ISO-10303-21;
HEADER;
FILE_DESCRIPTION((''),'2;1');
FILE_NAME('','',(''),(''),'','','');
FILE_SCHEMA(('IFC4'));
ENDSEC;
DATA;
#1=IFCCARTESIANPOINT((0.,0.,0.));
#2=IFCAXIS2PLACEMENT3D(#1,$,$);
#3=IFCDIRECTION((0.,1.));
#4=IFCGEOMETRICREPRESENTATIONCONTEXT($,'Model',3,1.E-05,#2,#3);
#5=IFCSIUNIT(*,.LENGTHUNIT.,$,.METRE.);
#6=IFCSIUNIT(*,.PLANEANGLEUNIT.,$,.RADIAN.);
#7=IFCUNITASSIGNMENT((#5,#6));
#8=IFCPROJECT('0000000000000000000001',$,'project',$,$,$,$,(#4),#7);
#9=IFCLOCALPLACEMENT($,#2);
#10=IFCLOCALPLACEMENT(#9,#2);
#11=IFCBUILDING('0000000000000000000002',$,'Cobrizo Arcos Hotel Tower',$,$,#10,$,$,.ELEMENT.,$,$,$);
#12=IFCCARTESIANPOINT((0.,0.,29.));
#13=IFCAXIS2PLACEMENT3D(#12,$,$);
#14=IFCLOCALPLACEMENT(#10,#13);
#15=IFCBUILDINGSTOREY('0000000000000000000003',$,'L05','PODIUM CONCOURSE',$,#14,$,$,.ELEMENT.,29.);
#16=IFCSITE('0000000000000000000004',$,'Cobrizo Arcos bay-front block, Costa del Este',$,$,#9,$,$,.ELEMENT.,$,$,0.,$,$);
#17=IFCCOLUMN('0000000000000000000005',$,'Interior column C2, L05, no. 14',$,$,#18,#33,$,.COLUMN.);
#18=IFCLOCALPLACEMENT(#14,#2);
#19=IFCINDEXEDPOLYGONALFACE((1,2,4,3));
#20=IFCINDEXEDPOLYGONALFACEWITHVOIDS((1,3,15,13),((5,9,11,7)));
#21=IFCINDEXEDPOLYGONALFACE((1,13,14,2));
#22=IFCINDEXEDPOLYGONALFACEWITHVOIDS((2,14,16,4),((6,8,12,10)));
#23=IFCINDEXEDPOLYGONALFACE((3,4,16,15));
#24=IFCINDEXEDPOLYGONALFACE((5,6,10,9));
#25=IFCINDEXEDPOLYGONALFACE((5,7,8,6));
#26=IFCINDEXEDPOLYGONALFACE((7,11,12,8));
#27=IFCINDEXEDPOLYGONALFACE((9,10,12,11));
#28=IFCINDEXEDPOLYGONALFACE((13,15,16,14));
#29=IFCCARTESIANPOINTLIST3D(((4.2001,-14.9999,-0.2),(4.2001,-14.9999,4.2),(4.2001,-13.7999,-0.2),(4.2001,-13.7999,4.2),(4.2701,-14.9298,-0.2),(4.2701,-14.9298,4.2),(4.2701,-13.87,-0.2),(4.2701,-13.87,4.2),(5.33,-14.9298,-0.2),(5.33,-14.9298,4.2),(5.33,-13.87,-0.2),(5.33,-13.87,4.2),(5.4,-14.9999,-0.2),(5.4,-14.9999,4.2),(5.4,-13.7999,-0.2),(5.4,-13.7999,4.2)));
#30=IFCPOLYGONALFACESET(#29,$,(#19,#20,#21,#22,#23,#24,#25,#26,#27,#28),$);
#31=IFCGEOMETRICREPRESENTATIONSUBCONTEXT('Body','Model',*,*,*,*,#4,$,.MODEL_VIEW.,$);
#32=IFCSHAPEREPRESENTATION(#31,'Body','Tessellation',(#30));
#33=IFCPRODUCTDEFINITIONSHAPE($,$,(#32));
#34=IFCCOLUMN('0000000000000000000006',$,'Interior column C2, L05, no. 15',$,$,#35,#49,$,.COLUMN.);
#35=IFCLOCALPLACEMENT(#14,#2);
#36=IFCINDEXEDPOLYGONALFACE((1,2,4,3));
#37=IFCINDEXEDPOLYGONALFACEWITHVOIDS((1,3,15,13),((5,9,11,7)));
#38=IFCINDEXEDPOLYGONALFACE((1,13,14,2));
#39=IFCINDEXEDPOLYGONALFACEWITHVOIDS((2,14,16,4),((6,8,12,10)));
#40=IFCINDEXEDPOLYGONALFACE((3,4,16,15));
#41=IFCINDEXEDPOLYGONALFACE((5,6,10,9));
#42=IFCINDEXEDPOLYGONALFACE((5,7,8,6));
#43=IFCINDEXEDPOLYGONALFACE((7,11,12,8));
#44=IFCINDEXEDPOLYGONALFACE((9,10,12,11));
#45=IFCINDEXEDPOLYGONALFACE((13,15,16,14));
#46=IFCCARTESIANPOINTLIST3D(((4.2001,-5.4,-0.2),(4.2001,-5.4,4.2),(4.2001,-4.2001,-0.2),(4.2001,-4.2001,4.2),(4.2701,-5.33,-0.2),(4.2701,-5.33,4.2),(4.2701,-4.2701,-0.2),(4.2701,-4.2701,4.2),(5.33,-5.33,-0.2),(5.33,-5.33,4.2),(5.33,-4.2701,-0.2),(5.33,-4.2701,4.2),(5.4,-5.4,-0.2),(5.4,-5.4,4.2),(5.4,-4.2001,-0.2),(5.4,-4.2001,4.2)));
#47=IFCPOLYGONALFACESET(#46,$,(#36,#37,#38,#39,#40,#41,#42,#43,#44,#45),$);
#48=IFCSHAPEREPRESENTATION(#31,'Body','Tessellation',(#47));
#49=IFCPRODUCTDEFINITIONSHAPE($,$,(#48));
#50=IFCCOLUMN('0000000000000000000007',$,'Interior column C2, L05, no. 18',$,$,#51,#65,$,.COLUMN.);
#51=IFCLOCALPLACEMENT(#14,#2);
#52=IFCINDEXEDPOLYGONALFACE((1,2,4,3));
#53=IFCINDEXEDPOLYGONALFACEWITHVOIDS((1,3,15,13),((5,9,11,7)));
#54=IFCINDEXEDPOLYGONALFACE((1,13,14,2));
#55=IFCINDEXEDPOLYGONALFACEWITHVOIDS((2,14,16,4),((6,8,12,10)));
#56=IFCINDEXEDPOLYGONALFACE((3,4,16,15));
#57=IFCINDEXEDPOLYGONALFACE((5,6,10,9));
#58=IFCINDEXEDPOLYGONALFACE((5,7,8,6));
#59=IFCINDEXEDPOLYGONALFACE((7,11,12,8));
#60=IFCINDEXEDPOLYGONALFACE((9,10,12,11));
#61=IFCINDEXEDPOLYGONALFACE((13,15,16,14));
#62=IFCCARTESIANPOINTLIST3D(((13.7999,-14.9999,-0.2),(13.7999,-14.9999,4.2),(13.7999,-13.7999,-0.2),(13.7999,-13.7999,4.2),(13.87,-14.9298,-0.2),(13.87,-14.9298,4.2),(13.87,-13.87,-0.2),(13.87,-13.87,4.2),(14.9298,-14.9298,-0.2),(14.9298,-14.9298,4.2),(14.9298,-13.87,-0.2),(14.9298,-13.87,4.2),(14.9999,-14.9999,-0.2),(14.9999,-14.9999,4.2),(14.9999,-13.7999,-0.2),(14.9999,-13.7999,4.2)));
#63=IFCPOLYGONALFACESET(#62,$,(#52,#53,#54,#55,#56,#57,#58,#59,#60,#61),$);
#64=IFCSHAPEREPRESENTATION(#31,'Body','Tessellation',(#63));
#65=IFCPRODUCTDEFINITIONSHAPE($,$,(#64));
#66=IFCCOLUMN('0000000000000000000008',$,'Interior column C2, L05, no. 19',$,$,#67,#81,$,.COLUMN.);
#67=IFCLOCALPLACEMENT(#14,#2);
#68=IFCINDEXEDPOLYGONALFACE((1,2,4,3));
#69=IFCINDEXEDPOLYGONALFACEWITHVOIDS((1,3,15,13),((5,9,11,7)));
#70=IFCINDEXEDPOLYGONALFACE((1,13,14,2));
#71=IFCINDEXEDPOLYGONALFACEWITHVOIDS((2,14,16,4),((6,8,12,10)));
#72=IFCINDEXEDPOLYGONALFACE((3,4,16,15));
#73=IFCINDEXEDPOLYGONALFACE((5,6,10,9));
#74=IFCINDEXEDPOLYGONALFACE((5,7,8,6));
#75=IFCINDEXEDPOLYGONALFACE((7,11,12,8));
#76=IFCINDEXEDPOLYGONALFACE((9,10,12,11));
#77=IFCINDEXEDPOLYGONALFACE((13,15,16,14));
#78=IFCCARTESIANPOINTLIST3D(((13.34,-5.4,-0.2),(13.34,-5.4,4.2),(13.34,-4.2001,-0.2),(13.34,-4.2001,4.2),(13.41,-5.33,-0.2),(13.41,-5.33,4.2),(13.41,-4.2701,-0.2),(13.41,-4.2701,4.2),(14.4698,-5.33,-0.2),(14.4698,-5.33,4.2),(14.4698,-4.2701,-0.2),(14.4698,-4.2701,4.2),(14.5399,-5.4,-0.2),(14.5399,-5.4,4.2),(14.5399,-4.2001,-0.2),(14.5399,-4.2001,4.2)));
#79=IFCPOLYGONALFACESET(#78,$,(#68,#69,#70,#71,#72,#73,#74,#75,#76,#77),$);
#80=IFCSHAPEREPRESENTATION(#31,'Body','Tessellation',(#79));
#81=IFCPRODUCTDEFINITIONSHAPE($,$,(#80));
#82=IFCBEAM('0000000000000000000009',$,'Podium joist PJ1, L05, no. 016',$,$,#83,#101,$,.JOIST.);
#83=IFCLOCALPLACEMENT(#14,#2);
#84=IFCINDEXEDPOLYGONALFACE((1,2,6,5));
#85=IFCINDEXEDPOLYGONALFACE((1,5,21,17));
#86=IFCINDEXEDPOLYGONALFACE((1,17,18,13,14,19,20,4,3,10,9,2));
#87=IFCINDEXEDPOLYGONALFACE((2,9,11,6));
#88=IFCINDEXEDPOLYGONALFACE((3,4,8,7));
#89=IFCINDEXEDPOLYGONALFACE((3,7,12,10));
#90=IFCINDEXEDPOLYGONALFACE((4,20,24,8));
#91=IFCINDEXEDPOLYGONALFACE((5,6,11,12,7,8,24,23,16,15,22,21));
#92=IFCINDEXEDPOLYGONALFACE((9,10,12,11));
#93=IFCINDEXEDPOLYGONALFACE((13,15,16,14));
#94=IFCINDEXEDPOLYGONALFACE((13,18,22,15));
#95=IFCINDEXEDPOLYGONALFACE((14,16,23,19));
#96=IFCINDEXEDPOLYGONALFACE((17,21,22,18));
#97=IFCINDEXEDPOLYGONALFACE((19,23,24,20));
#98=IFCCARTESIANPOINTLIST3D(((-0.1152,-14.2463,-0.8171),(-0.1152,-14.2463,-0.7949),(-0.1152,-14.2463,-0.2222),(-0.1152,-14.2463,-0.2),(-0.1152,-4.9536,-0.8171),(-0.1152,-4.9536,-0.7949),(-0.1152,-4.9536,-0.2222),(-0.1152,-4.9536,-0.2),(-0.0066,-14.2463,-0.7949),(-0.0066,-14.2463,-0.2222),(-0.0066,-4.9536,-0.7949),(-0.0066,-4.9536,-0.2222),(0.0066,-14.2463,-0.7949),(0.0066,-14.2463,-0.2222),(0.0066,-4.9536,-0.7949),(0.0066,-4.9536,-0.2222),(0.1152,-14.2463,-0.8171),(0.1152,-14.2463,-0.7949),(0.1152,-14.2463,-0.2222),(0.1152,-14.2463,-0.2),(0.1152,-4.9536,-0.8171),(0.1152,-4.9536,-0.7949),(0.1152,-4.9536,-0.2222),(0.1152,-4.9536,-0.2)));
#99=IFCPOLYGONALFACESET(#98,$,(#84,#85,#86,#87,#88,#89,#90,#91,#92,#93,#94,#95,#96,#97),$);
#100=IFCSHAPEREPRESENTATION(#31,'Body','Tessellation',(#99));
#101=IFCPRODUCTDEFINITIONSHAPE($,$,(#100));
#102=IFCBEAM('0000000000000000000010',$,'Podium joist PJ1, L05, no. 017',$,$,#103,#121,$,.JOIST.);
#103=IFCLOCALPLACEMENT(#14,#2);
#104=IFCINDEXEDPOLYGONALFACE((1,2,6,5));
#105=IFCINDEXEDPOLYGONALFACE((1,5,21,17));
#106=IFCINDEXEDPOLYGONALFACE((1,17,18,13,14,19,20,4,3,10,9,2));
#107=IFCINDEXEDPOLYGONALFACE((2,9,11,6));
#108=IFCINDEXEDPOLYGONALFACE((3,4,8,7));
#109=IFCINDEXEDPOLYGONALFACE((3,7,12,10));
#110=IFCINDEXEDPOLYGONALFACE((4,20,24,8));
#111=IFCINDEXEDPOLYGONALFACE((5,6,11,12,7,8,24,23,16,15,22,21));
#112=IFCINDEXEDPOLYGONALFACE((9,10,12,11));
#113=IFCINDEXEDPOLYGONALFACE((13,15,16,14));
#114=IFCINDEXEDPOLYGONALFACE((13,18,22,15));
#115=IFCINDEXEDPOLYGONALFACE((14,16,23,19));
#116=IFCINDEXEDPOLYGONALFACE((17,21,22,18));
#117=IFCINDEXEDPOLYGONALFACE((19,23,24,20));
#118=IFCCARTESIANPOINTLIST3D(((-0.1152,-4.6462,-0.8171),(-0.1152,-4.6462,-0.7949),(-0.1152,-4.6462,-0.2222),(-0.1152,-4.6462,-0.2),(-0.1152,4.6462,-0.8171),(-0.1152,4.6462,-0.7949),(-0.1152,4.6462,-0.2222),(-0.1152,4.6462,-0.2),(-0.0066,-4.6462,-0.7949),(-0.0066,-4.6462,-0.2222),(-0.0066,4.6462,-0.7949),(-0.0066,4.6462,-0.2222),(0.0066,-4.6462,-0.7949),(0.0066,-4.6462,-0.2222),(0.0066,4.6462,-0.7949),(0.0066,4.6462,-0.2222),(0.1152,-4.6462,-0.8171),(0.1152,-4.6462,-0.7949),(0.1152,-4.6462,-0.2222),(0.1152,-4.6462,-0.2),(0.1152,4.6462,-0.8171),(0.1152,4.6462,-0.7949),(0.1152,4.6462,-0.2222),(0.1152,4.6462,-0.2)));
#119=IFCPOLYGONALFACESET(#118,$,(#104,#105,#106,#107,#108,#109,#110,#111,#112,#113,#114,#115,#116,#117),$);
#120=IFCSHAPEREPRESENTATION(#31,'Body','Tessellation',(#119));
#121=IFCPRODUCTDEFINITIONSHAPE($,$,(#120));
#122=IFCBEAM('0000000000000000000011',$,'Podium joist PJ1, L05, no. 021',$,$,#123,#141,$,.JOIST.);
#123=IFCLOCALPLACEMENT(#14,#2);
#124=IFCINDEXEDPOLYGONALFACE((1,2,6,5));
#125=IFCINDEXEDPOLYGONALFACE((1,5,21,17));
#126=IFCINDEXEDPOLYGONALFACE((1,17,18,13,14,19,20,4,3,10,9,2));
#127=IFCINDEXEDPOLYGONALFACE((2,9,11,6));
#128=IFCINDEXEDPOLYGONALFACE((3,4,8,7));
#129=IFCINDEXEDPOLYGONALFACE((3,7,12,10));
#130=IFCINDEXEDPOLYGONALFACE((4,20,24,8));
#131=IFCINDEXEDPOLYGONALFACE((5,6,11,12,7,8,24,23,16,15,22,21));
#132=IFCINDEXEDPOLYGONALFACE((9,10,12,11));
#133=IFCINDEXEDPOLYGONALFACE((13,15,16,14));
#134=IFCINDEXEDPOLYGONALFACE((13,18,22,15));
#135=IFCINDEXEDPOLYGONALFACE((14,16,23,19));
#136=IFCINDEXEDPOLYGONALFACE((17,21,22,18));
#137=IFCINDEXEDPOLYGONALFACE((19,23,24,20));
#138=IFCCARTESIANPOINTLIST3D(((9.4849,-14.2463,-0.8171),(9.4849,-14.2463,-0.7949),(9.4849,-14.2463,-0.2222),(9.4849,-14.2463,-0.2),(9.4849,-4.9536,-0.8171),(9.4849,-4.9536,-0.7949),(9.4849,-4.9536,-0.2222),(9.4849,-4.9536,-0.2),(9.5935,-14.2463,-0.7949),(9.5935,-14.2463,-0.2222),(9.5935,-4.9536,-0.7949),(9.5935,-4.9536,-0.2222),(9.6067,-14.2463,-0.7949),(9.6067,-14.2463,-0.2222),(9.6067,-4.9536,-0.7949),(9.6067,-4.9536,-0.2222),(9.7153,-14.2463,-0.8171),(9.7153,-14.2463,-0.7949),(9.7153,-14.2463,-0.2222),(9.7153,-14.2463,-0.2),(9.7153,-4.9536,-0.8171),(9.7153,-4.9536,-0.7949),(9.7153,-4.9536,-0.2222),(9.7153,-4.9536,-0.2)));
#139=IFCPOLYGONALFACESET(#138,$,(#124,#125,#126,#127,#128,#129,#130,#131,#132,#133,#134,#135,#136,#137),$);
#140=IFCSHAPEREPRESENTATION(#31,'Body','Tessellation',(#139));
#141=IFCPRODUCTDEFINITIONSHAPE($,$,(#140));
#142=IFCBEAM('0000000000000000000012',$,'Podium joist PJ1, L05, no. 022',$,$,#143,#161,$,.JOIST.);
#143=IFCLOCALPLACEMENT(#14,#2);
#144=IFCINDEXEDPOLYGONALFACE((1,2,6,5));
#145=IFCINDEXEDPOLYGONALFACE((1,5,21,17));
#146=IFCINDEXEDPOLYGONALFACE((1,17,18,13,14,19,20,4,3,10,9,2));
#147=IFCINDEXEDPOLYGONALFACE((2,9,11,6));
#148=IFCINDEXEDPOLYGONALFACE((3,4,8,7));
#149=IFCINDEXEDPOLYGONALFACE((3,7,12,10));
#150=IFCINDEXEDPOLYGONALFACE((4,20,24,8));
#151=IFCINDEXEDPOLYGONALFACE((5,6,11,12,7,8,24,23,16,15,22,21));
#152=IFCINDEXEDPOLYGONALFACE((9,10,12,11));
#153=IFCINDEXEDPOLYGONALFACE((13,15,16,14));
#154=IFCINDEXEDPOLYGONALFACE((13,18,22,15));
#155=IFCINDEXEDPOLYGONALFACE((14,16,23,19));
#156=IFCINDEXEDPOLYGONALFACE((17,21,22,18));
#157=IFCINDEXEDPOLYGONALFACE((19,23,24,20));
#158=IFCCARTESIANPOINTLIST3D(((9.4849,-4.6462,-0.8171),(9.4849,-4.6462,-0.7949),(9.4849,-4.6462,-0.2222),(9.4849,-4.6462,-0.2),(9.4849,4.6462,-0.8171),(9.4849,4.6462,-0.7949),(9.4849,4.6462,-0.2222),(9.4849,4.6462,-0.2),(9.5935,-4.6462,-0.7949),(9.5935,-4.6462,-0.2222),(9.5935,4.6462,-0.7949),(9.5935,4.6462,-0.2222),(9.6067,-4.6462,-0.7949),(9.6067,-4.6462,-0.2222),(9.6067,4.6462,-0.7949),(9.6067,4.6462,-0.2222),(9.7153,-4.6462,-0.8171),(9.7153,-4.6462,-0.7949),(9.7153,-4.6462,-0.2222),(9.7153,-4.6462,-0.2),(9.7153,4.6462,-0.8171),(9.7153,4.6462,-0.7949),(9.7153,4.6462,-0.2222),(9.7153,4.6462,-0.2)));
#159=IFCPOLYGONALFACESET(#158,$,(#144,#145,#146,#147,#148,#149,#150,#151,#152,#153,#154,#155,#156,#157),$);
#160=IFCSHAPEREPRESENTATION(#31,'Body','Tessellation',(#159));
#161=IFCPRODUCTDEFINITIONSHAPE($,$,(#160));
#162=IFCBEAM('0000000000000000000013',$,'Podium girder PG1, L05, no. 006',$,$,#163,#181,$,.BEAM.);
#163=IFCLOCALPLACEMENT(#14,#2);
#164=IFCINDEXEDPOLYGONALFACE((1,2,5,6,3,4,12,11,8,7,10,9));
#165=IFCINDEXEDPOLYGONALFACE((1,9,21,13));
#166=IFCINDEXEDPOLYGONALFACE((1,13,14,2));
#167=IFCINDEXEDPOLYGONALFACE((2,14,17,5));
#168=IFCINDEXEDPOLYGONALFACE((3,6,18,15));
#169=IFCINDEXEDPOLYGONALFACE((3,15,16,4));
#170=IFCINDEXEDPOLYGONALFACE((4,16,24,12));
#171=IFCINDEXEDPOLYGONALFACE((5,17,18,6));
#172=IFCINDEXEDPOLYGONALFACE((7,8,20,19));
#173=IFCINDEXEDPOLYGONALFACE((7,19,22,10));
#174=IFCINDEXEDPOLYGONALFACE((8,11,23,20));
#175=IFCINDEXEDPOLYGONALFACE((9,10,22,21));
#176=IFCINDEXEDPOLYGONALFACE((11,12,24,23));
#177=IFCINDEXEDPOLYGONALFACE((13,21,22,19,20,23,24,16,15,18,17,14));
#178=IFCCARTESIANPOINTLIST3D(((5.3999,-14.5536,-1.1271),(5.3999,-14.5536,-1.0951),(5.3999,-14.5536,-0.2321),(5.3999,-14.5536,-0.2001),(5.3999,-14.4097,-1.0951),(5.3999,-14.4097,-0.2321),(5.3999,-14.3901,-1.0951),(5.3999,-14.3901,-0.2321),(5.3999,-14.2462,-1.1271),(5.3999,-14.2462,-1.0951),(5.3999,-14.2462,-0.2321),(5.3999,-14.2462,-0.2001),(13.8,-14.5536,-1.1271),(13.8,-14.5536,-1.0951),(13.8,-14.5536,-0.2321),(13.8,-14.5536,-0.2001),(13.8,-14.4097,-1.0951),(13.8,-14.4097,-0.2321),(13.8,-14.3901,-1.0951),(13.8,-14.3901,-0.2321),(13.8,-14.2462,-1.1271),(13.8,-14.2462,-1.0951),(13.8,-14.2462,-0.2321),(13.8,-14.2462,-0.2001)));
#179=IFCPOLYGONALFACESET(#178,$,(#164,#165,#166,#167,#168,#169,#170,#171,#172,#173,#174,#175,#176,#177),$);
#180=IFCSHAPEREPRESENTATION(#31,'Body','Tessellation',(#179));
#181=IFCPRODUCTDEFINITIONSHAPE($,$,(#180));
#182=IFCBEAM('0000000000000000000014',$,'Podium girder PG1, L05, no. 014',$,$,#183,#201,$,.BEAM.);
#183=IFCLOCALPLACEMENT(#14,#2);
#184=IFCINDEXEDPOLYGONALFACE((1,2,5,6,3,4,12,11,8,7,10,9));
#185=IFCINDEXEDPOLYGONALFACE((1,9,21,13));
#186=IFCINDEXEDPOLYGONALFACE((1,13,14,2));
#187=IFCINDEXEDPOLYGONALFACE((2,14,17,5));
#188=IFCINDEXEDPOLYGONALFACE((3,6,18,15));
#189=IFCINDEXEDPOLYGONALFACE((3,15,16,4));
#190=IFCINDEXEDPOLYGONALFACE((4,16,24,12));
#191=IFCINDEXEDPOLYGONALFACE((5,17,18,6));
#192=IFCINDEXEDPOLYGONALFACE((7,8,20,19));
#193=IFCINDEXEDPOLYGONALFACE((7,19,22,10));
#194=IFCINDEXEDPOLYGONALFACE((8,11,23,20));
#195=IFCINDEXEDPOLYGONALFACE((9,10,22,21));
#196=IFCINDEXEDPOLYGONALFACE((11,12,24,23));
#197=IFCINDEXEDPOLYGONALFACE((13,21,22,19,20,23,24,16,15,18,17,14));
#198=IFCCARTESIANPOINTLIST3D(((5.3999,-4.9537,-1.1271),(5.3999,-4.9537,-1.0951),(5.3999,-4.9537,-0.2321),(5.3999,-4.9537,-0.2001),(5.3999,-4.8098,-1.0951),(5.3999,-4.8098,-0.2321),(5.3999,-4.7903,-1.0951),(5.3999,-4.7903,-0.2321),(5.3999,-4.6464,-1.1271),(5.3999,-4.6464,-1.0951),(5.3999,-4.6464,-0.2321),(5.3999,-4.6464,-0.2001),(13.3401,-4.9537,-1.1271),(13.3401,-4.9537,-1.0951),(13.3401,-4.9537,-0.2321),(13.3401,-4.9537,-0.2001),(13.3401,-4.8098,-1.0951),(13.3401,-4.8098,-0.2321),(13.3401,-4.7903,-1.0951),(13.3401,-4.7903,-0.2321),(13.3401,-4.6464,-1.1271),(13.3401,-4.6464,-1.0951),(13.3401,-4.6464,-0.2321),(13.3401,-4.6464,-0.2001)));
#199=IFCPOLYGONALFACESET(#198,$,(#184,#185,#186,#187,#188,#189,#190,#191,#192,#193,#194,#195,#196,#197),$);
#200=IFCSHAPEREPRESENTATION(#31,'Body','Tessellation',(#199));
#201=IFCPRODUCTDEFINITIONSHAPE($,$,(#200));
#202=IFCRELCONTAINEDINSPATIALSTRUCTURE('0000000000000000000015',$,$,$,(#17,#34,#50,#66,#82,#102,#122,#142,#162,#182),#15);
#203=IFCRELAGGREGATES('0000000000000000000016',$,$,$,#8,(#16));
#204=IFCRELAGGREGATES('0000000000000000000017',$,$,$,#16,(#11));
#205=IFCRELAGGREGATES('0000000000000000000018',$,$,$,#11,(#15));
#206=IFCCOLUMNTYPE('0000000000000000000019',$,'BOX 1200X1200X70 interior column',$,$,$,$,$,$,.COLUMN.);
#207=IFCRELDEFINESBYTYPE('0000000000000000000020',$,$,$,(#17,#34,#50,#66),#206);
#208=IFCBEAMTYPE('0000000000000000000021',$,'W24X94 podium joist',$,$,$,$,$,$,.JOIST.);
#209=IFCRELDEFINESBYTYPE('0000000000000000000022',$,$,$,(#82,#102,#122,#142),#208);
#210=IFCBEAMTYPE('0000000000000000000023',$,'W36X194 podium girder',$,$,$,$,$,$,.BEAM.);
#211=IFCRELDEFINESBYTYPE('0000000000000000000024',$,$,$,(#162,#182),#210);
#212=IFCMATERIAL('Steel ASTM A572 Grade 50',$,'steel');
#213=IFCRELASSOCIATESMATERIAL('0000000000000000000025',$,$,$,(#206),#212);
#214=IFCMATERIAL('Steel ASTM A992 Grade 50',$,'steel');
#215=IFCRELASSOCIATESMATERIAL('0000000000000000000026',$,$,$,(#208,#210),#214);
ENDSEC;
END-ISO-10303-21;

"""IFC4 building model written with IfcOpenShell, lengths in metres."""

from ifc_helpers import new_model, si_unit, direction, frame, origin, origin_2d, place, context, subcontext, project, spatial, hollow_rectangle, i_section, extrude, material, material_profile, profile_set, type_object, element, save


model = new_model("IFC4")

# Units and contexts
model_context = context("Model", 3, precision=1e-05, world=origin(), true_north=direction((0.0, 1.0)))
body_context = subcontext(model_context, "Body", "Model", "MODEL_VIEW")
ifc_project = project(units=[si_unit("LENGTHUNIT", "METRE"), si_unit("PLANEANGLEUNIT", "RADIAN")], contexts=[model_context])

# Site, building, storey
site_placement = place(None, origin())
site = spatial("IfcSite", under=ifc_project, at=site_placement, Name="Cobrizo Arcos bay-front block, Costa del Este", CompositionType="ELEMENT", RefElevation=0.0)
building_placement = place(site_placement, origin())
building = spatial("IfcBuilding", under=site, at=building_placement, Name="Cobrizo Arcos Hotel Tower", CompositionType="ELEMENT")
storey_placement = place(building_placement, frame((0.0, 0.0, 29.0)))
storey = spatial("IfcBuildingStorey", under=building, at=storey_placement, Name="L05", Description="PODIUM CONCOURSE", CompositionType="ELEMENT", Elevation=29.0)

# Columns
ifc_material_1 = material(Name="Steel ASTM A572 Grade 50", Category="steel")
ifc_material_profile_1 = material_profile(ifc_material_1, hollow_rectangle(XDim=1.2, YDim=1.2, WallThickness=0.0701, at=origin_2d()), Name="BOX 1200X1200X70")
ifc_profile_set_1 = profile_set([ifc_material_profile_1], Name="Steel ASTM A572 Grade 50")
column_type = type_object("IfcColumnType", Name="BOX 1200X1200X70 interior column", PredefinedType="COLUMN", material=ifc_profile_set_1)
for number, where, z_axis, x_axis, name in (
    (1, (4.8, -14.3999, -0.2), (0.0, 0.0, 1.0), (1.0, 0.0, 0.0), "Interior column C2, L05, no. 14"),
    (2, (4.8, -4.8, -0.2), (0.0, 0.0, 1.0), (1.0, 0.0, 0.0), "Interior column C2, L05, no. 15"),
    (3, (14.3999, -14.3999, -0.2), (0.0, 0.0, 1.0), (1.0, 0.0, 0.0), "Interior column C2, L05, no. 18"),
    (4, (13.9399, -4.8, -0.2), (0.0, 0.0, 1.0), (1.0, 0.0, 0.0), "Interior column C2, L05, no. 19"),
):
    element("IfcColumn", number, at=place(storey_placement, frame(where, z_axis=z_axis, x_axis=x_axis)), inside=storey, type_object=column_type, Name=name, PredefinedType="COLUMN", context=body_context, shape_type="SweptSolid", body=[
        extrude(hollow_rectangle(XDim=1.2, YDim=1.2, WallThickness=0.0701, at=origin_2d()), origin(), (0.0, 0.0, 1.0), 4.3999),
    ])

# Beams
ifc_material_2 = material(Name="Steel ASTM A992 Grade 50", Category="steel")
ifc_material_profile_2 = material_profile(ifc_material_2, i_section(OverallWidth=0.2305, OverallDepth=0.6172, WebThickness=0.0132, FlangeThickness=0.0222, at=origin_2d()), Name="W24X94")
ifc_profile_set_2 = profile_set([ifc_material_profile_2], Name="Steel ASTM A992 Grade 50")
beam_type_1 = type_object("IfcBeamType", Name="W24X94 podium joist", PredefinedType="JOIST", material=ifc_profile_set_2)
beam_1_placement = place(storey_placement, frame((0.0, -14.2463, -0.5085), z_axis=(0.0, 1.0, 0.0), x_axis=(-1.0, 0.0, 0.0)))
element("IfcBeam", 5, at=beam_1_placement, inside=storey, type_object=beam_type_1, Name="Podium joist PJ1, L05, no. 016", PredefinedType="JOIST", context=body_context, shape_type="SweptSolid", body=[
    extrude(i_section(OverallWidth=0.2305, OverallDepth=0.6172, WebThickness=0.0132, FlangeThickness=0.0222, at=origin_2d()), origin(), (0.0, 0.0, 1.0), 9.2927),
])
beam_2_placement = place(storey_placement, frame((0.0, -4.6462, -0.5085), z_axis=(0.0, 1.0, 0.0), x_axis=(-1.0, 0.0, 0.0)))
element("IfcBeam", 6, at=beam_2_placement, inside=storey, type_object=beam_type_1, Name="Podium joist PJ1, L05, no. 017", PredefinedType="JOIST", context=body_context, shape_type="SweptSolid", body=[
    extrude(i_section(OverallWidth=0.2305, OverallDepth=0.6172, WebThickness=0.0132, FlangeThickness=0.0222, at=origin_2d()), origin(), (0.0, 0.0, 1.0), 9.2925),
])
beam_3_placement = place(storey_placement, frame((9.6001, -14.2463, -0.5085), z_axis=(0.0, 1.0, 0.0), x_axis=(-1.0, 0.0, 0.0)))
element("IfcBeam", 7, at=beam_3_placement, inside=storey, type_object=beam_type_1, Name="Podium joist PJ1, L05, no. 021", PredefinedType="JOIST", context=body_context, shape_type="SweptSolid", body=[
    extrude(i_section(OverallWidth=0.2305, OverallDepth=0.6172, WebThickness=0.0132, FlangeThickness=0.0222, at=origin_2d()), origin(), (0.0, 0.0, 1.0), 9.2927),
])
beam_4_placement = place(storey_placement, frame((9.6001, -4.6462, -0.5085), z_axis=(0.0, 1.0, 0.0), x_axis=(-1.0, 0.0, 0.0)))
element("IfcBeam", 8, at=beam_4_placement, inside=storey, type_object=beam_type_1, Name="Podium joist PJ1, L05, no. 022", PredefinedType="JOIST", context=body_context, shape_type="SweptSolid", body=[
    extrude(i_section(OverallWidth=0.2305, OverallDepth=0.6172, WebThickness=0.0132, FlangeThickness=0.0222, at=origin_2d()), origin(), (0.0, 0.0, 1.0), 9.2925),
])
ifc_material_profile_3 = material_profile(ifc_material_2, i_section(OverallWidth=0.3074, OverallDepth=0.927, WebThickness=0.0195, FlangeThickness=0.032, at=origin_2d()), Name="W36X194")
ifc_profile_set_3 = profile_set([ifc_material_profile_3], Name="Steel ASTM A992 Grade 50")
beam_type_2 = type_object("IfcBeamType", Name="W36X194 podium girder", PredefinedType="BEAM", material=ifc_profile_set_3)
beam_5_placement = place(storey_placement, frame((5.3999, -14.3999, -0.6636), z_axis=(1.0, 0.0, 0.0), x_axis=(0.0, 1.0, 0.0)))
element("IfcBeam", 9, at=beam_5_placement, inside=storey, type_object=beam_type_2, Name="Podium girder PG1, L05, no. 006", PredefinedType="BEAM", context=body_context, shape_type="SweptSolid", body=[
    extrude(i_section(OverallWidth=0.3074, OverallDepth=0.927, WebThickness=0.0195, FlangeThickness=0.032, at=origin_2d()), origin(), (0.0, 0.0, 1.0), 8.4001),
])
beam_6_placement = place(storey_placement, frame((5.3999, -4.8, -0.6636), z_axis=(1.0, 0.0, 0.0), x_axis=(0.0, 1.0, 0.0)))
element("IfcBeam", 10, at=beam_6_placement, inside=storey, type_object=beam_type_2, Name="Podium girder PG1, L05, no. 014", PredefinedType="BEAM", context=body_context, shape_type="SweptSolid", body=[
    extrude(i_section(OverallWidth=0.3074, OverallDepth=0.927, WebThickness=0.0195, FlangeThickness=0.032, at=origin_2d()), origin(), (0.0, 0.0, 1.0), 7.9402),
])

save(model, "model.ifc")
